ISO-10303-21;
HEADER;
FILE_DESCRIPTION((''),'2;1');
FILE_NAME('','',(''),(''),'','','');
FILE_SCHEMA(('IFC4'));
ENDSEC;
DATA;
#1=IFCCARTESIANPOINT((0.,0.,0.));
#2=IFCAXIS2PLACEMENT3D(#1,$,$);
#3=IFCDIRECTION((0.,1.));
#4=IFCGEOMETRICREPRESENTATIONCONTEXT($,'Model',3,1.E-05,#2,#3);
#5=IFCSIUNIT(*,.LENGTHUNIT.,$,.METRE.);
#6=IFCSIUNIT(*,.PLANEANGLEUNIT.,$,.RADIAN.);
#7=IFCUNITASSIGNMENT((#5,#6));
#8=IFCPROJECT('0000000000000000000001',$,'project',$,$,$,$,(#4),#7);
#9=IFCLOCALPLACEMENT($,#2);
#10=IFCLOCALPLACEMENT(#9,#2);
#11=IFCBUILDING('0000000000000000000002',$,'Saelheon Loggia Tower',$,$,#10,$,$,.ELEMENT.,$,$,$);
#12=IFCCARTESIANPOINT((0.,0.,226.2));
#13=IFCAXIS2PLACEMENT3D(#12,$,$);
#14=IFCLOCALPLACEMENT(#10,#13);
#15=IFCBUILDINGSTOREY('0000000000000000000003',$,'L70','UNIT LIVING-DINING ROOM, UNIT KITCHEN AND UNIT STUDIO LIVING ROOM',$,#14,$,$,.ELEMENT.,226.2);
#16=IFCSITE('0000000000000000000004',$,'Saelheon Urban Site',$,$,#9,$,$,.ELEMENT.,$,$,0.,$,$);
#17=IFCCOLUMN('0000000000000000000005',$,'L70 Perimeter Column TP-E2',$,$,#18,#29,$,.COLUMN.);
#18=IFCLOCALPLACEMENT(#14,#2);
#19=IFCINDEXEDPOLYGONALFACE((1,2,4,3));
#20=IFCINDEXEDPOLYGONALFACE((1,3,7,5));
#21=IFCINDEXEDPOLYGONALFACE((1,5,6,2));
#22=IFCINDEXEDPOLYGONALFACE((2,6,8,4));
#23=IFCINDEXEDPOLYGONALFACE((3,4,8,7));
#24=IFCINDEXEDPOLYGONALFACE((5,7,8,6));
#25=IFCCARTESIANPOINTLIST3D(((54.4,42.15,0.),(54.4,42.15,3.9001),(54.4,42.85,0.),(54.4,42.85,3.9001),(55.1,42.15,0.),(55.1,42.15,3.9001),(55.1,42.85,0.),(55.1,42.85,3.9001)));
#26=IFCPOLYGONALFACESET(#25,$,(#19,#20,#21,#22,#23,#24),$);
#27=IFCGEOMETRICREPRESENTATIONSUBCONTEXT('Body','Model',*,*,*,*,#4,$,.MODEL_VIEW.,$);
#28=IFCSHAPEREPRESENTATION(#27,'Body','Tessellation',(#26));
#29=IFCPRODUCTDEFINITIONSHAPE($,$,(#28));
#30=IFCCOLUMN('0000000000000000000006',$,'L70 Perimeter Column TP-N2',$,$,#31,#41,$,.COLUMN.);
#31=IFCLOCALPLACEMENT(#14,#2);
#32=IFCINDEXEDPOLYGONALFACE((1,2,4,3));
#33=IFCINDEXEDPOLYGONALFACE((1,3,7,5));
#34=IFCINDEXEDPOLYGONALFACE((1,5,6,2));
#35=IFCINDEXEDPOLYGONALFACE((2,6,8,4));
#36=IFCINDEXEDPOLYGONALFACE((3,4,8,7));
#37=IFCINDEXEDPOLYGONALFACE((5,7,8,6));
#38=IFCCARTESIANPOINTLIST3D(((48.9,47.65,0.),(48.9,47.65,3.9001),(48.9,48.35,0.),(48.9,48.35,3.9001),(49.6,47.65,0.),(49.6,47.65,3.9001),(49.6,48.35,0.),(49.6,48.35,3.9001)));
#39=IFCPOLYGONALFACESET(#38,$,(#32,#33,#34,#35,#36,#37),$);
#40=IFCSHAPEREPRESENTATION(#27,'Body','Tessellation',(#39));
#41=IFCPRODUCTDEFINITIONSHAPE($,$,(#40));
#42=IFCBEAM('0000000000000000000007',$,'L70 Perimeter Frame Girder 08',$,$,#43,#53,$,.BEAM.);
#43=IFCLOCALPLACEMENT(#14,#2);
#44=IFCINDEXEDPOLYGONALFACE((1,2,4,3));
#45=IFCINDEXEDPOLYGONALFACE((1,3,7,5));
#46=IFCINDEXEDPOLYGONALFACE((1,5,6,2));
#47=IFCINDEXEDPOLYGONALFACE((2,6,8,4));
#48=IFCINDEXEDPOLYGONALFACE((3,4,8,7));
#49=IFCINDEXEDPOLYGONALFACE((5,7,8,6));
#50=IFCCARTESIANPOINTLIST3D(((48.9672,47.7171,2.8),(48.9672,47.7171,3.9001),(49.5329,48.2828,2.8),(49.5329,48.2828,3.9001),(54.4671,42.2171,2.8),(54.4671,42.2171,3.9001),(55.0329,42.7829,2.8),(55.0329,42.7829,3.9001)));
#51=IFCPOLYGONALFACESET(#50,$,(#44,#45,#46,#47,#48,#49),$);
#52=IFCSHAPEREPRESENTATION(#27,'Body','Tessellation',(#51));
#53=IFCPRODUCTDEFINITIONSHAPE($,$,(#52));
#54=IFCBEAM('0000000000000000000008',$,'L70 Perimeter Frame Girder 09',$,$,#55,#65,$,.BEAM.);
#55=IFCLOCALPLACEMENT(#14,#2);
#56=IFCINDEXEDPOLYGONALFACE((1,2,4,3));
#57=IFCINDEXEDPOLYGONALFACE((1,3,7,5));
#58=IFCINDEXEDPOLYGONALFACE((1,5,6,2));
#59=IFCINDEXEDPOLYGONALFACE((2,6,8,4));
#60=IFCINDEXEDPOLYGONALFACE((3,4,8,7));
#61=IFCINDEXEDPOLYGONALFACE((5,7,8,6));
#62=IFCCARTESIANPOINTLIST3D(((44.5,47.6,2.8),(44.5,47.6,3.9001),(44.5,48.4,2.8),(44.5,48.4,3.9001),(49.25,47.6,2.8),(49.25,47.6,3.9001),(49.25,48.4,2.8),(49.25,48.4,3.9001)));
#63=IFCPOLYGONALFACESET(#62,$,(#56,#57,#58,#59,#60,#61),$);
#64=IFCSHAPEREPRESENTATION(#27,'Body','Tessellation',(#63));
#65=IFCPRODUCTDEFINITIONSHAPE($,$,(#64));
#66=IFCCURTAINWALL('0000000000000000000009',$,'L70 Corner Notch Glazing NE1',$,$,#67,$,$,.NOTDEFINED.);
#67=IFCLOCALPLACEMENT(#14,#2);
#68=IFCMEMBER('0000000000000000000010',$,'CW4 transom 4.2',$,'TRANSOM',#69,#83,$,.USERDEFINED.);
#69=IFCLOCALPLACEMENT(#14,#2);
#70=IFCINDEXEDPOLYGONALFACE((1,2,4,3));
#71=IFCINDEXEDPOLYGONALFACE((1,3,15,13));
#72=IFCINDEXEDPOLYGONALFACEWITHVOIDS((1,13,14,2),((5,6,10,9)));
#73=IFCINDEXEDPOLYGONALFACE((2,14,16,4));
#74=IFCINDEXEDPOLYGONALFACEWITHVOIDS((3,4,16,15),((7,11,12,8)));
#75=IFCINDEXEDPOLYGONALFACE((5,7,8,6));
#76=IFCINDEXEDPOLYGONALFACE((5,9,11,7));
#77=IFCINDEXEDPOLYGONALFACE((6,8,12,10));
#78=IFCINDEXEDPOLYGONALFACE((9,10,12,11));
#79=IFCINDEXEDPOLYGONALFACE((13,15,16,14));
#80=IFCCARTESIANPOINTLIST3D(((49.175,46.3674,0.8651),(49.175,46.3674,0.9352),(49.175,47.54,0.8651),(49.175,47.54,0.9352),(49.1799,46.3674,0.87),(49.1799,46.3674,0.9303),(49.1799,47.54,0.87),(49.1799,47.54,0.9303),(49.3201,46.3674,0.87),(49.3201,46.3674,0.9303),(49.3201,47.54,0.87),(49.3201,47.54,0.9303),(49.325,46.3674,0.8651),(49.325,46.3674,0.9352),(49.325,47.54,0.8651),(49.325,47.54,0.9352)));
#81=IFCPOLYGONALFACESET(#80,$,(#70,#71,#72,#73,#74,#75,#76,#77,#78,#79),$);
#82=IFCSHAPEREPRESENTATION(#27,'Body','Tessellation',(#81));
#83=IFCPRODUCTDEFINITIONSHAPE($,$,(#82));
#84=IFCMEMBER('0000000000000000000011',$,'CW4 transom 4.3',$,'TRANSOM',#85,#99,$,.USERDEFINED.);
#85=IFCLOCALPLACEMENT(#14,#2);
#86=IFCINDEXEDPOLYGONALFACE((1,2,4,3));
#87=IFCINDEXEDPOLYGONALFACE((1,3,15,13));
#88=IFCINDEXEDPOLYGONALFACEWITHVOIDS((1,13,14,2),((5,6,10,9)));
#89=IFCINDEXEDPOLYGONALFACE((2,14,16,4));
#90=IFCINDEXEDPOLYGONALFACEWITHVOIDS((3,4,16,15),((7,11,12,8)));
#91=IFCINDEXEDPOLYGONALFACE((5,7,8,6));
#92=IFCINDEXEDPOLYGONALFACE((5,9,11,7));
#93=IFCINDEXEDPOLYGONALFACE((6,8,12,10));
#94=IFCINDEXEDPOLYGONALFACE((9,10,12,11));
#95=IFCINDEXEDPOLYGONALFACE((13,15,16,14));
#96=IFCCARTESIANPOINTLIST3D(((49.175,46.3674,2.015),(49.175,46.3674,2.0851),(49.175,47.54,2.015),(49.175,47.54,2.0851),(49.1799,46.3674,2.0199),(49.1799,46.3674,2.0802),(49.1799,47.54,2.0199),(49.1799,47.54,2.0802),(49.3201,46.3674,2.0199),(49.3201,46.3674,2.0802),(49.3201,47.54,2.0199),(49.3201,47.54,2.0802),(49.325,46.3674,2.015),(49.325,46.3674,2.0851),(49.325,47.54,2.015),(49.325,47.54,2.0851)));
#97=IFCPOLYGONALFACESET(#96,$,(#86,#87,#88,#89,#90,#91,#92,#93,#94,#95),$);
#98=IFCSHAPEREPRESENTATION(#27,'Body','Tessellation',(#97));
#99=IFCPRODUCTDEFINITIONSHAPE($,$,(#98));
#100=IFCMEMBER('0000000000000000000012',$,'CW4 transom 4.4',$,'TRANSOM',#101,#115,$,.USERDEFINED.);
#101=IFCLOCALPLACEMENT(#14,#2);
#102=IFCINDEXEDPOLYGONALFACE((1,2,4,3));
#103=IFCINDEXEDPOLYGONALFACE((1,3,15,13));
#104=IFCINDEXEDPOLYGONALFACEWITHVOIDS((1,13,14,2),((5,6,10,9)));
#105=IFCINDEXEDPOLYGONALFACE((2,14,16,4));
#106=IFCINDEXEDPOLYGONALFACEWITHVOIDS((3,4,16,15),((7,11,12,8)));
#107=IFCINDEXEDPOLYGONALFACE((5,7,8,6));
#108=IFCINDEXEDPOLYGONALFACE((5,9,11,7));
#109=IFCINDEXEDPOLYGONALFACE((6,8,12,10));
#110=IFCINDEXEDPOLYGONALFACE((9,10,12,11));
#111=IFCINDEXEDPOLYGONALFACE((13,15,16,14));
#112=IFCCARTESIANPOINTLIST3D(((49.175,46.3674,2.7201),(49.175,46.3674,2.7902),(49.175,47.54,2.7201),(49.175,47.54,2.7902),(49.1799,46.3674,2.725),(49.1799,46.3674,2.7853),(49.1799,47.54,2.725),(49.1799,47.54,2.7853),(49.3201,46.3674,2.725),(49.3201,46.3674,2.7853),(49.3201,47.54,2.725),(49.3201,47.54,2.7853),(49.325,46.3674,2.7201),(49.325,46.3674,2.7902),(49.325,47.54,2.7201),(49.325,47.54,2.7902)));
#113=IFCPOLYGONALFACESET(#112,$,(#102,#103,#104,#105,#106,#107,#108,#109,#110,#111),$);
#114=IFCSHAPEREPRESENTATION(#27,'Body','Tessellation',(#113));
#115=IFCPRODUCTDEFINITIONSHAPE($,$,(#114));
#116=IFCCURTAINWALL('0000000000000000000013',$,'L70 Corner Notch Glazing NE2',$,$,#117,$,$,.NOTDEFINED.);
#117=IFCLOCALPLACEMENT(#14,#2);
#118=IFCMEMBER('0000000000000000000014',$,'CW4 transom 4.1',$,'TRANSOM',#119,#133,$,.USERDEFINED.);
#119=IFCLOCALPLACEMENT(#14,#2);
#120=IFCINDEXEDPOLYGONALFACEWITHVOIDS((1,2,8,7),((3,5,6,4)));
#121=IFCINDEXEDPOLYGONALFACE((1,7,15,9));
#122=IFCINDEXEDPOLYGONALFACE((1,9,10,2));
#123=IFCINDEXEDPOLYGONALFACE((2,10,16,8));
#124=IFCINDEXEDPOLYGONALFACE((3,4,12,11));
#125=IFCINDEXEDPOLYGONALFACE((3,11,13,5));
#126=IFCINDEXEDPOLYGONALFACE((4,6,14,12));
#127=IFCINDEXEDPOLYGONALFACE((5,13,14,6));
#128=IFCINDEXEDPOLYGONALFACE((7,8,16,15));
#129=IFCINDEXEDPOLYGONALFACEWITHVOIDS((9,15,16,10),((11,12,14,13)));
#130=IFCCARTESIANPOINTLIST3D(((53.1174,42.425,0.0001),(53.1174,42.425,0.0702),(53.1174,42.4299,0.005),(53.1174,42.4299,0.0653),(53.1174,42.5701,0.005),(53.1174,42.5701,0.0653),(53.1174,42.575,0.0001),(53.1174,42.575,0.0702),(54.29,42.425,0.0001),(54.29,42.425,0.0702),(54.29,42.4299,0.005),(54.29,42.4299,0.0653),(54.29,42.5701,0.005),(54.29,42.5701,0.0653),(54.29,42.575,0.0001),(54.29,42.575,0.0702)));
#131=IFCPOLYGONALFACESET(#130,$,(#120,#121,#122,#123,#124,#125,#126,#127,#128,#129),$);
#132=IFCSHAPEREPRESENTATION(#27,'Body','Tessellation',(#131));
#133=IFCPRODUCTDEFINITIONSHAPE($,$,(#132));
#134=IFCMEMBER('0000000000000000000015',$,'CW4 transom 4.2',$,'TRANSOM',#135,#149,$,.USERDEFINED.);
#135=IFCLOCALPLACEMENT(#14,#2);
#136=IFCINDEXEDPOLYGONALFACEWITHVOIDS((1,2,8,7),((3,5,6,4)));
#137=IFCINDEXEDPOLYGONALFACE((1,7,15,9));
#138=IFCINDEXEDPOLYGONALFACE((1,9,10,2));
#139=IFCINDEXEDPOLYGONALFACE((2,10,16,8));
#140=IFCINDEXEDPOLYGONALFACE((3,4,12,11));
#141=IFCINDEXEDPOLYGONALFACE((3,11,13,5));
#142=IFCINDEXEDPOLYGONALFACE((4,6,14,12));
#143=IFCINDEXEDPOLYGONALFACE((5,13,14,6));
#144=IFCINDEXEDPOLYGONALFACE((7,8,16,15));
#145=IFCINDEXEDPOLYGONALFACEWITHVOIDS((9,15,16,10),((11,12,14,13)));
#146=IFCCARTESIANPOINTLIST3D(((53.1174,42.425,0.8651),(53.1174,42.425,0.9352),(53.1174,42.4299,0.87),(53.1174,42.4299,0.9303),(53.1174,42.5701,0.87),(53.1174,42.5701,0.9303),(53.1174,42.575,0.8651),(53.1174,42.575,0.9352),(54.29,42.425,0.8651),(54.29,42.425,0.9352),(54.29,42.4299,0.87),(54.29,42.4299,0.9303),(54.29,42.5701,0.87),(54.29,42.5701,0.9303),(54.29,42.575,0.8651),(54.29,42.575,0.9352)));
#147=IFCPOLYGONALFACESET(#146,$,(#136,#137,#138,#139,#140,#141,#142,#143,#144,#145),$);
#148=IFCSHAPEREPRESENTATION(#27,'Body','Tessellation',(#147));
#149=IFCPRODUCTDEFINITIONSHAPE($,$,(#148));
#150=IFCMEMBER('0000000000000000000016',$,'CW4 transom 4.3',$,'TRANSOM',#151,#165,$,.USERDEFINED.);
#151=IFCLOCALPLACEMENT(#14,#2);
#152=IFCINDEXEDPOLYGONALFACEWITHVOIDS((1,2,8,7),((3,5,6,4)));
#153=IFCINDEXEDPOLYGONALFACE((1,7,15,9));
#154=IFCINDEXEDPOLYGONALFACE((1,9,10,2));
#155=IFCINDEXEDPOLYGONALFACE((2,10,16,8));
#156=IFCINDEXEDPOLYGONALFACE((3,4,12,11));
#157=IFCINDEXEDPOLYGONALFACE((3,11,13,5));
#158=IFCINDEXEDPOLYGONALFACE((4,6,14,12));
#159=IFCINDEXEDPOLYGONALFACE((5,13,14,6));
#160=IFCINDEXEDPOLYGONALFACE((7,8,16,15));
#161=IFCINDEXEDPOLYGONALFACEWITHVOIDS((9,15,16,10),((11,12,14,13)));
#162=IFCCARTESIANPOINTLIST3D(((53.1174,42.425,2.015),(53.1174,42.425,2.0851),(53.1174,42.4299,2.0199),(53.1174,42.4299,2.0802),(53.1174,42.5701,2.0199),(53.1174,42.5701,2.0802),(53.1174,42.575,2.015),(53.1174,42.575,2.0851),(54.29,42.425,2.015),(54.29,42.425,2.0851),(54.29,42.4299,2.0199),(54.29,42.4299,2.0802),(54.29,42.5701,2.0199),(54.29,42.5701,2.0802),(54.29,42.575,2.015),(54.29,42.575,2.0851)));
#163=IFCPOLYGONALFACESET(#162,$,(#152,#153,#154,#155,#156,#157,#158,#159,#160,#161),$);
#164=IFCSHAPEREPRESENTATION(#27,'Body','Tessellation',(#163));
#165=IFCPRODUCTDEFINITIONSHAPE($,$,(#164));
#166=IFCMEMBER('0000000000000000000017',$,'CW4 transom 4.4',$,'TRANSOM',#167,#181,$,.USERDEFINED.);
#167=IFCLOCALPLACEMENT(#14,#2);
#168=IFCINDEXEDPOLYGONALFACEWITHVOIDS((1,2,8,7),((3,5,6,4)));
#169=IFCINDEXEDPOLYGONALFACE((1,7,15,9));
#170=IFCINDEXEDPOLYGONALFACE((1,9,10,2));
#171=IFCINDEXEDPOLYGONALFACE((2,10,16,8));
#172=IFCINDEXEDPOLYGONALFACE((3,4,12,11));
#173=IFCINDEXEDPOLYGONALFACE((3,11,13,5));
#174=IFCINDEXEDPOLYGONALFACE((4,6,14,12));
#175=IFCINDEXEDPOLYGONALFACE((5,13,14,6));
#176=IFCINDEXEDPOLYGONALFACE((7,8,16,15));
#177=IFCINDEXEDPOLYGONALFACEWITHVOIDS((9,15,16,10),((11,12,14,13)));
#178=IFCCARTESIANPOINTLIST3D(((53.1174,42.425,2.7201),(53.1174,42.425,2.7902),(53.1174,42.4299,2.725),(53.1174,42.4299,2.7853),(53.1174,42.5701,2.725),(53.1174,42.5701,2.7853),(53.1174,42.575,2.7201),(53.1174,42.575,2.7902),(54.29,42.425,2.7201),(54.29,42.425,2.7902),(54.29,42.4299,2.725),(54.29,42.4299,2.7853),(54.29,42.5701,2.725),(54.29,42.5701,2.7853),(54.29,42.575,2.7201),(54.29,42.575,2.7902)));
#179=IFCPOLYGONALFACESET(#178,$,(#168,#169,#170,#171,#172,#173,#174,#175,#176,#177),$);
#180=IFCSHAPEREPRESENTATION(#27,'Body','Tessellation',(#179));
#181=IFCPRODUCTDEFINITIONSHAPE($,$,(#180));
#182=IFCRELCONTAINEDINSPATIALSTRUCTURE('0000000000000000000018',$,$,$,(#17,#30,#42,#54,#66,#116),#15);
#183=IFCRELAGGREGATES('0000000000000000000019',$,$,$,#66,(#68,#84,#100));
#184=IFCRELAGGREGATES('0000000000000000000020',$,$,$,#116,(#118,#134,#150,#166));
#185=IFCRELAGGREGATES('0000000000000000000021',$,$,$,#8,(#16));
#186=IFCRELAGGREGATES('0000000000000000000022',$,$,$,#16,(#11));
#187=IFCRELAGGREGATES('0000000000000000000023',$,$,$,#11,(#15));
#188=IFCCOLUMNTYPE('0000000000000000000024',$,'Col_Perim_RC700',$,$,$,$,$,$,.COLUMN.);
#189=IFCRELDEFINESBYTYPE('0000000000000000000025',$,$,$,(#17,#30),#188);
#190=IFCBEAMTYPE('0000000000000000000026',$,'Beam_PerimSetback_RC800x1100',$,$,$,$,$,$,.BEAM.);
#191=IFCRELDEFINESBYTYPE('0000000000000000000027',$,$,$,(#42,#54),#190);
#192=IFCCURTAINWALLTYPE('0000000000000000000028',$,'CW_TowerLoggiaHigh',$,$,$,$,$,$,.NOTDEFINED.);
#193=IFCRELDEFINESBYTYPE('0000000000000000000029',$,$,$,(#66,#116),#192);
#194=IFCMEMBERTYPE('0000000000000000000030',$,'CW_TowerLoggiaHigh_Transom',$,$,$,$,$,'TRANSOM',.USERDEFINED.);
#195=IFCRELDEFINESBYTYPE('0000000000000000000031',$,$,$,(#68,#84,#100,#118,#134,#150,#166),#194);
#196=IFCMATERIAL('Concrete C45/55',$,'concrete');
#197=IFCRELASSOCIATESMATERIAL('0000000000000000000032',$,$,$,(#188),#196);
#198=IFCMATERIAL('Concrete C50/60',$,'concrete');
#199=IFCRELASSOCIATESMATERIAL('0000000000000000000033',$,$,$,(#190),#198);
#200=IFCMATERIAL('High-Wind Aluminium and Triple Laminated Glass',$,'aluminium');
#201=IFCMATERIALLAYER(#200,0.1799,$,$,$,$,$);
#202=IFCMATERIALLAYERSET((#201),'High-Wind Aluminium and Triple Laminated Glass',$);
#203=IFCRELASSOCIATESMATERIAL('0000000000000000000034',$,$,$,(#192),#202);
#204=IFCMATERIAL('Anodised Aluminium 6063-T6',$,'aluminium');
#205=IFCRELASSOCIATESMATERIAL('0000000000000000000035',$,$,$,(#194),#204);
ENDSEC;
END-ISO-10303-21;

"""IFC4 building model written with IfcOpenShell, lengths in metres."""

from ifc_helpers import new_model, si_unit, direction, frame, origin, origin_2d, place, context, subcontext, project, spatial, rectangle, hollow_rectangle, extrude, source, transform, mapped, material, layer, layer_set, material_profile, profile_set, type_object, element, aggregate, save


model = new_model("IFC4")

# Units and contexts
model_context = context("Model", 3, precision=1e-05, world=origin(), true_north=direction((0.0, 1.0)))
body_context = subcontext(model_context, "Body", "Model", "MODEL_VIEW")
ifc_project = project(units=[si_unit("LENGTHUNIT", "METRE"), si_unit("PLANEANGLEUNIT", "RADIAN")], contexts=[model_context])

# Site, building, storey
site_placement = place(None, origin())
site = spatial("IfcSite", under=ifc_project, at=site_placement, Name="Saelheon Urban Site", CompositionType="ELEMENT", RefElevation=0.0)
building_placement = place(site_placement, origin())
building = spatial("IfcBuilding", under=site, at=building_placement, Name="Saelheon Loggia Tower", CompositionType="ELEMENT")
storey_placement = place(building_placement, frame((0.0, 0.0, 226.2)))
storey = spatial("IfcBuildingStorey", under=building, at=storey_placement, Name="L70", Description="UNIT LIVING-DINING ROOM, UNIT KITCHEN AND UNIT STUDIO LIVING ROOM", CompositionType="ELEMENT", Elevation=226.2)

# Columns
ifc_material_1 = material(Name="Concrete C45/55", Category="concrete")
ifc_material_profile_1 = material_profile(ifc_material_1, rectangle(XDim=0.7, YDim=0.7, at=origin_2d()), Name="RC-700x700")
ifc_profile_set_1 = profile_set([ifc_material_profile_1], Name="Concrete C45/55")
column_type = type_object("IfcColumnType", Name="Col_Perim_RC700", PredefinedType="COLUMN", material=ifc_profile_set_1)
shared_shape_1 = source(origin(), body_context, "Body", "SweptSolid", [
    extrude(rectangle(XDim=0.7, YDim=0.7, at=origin_2d()), origin(), (0.0, 0.0, 1.0), 3.9001),
])
for number, where, z_axis, x_axis, name in (
    (1, (54.75, 42.5, 0.0), (0.0, 0.0, 1.0), (1.0, 0.0, 0.0), "L70 Perimeter Column TP-E2"),
    (2, (49.25, 48.0, 0.0), (0.0, 0.0, 1.0), (1.0, 0.0, 0.0), "L70 Perimeter Column TP-N2"),
):
    element("IfcColumn", number, at=place(storey_placement, frame(where, z_axis=z_axis, x_axis=x_axis)), inside=storey, type_object=column_type, Name=name, PredefinedType="COLUMN", context=body_context, shape_type="MappedRepresentation", body=[
        mapped(shared_shape_1, transform((0.0, 0.0, 0.0), scale=1.0)),
    ])

# Beams
ifc_material_2 = material(Name="Concrete C50/60", Category="concrete")
ifc_material_profile_2 = material_profile(ifc_material_2, rectangle(XDim=0.8, YDim=1.1001, at=origin_2d()), Name="RC-800x1100")
ifc_profile_set_2 = profile_set([ifc_material_profile_2], Name="Concrete C50/60")
beam_type = type_object("IfcBeamType", Name="Beam_PerimSetback_RC800x1100", PredefinedType="BEAM", material=ifc_profile_set_2)
shared_shape_2 = source(origin(), body_context, "Body", "SweptSolid", [
    extrude(rectangle(XDim=0.8, YDim=1.1001, at=origin_2d()), origin(), (0.0, 0.0, 1.0), 7.7781),
])
beam_1_placement = place(storey_placement, frame((54.75, 42.5, 3.3501), z_axis=(-0.707107, 0.707107, 0.0), x_axis=(-0.707107, -0.707107, 0.0)))
element("IfcBeam", 3, at=beam_1_placement, inside=storey, type_object=beam_type, Name="L70 Perimeter Frame Girder 08", PredefinedType="BEAM", context=body_context, shape_type="MappedRepresentation", body=[
    mapped(shared_shape_2, transform((0.0, 0.0, 0.0), scale=1.0)),
])
shared_shape_3 = source(origin(), body_context, "Body", "SweptSolid", [
    extrude(rectangle(XDim=0.8, YDim=1.1001, at=origin_2d()), origin(), (0.0, 0.0, 1.0), 4.75),
])
beam_2_placement = place(storey_placement, frame((49.25, 48.0, 3.3501), z_axis=(-1.0, 0.0, 0.0), x_axis=(0.0, -1.0, 0.0)))
element("IfcBeam", 4, at=beam_2_placement, inside=storey, type_object=beam_type, Name="L70 Perimeter Frame Girder 09", PredefinedType="BEAM", context=body_context, shape_type="MappedRepresentation", body=[
    mapped(shared_shape_3, transform((0.0, 0.0, 0.0), scale=1.0)),
])

# Curtain walls, members
ifc_material_3 = material(Name="High-Wind Aluminium and Triple Laminated Glass", Category="aluminium")
ifc_layer_1 = layer(ifc_material_3, 0.1799)
ifc_layer_set_1 = layer_set([ifc_layer_1], Name="High-Wind Aluminium and Triple Laminated Glass")
curtain_wall_type = type_object("IfcCurtainWallType", Name="CW_TowerLoggiaHigh", PredefinedType="NOTDEFINED", material=ifc_layer_set_1)
curtain_wall_1_placement = place(storey_placement, origin())
curtain_wall_1 = element("IfcCurtainWall", 5, at=curtain_wall_1_placement, inside=storey, type_object=curtain_wall_type, Name="L70 Corner Notch Glazing NE1", PredefinedType="NOTDEFINED")
ifc_material_4 = material(Name="Anodised Aluminium 6063-T6", Category="aluminium")
ifc_material_profile_3 = material_profile(ifc_material_4, hollow_rectangle(XDim=0.0701, YDim=0.1499, WallThickness=0.0049, at=origin_2d()), Name="RHS-150x70x5")
ifc_profile_set_3 = profile_set([ifc_material_profile_3], Name="Anodised Aluminium 6063-T6")
member_type_1 = type_object("IfcMemberType", Name="CW_TowerLoggiaHigh_Transom", ElementType="TRANSOM", PredefinedType="USERDEFINED", material=ifc_profile_set_3)
shared_shape_4 = source(origin(), body_context, "Body", "SweptSolid", [
    extrude(hollow_rectangle(XDim=0.0701, YDim=0.1499, WallThickness=0.0049, at=origin_2d()), origin(), (0.0, 0.0, 1.0), 1.1726),
])
member_1_placement = place(storey_placement, frame((49.25, 46.3674, 0.9001), z_axis=(0.0, 1.0, 0.0), x_axis=(0.0, 0.0, 1.0)))
member_1 = element("IfcMember", 6, at=member_1_placement, type_object=member_type_1, Name="CW4 transom 4.2", ObjectType="TRANSOM", PredefinedType="USERDEFINED", context=body_context, shape_type="MappedRepresentation", body=[
    mapped(shared_shape_4, transform((0.0, 0.0, 0.0), scale=1.0)),
])
member_2_placement = place(storey_placement, frame((49.25, 46.3674, 2.05), z_axis=(0.0, 1.0, 0.0), x_axis=(0.0, 0.0, 1.0)))
member_2 = element("IfcMember", 7, at=member_2_placement, type_object=member_type_1, Name="CW4 transom 4.3", ObjectType="TRANSOM", PredefinedType="USERDEFINED", context=body_context, shape_type="MappedRepresentation", body=[
    mapped(shared_shape_4, transform((0.0, 0.0, 0.0), scale=1.0)),
])
member_3_placement = place(storey_placement, frame((49.25, 46.3674, 2.7551), z_axis=(0.0, 1.0, 0.0), x_axis=(0.0, 0.0, 1.0)))
member_3 = element("IfcMember", 8, at=member_3_placement, type_object=member_type_1, Name="CW4 transom 4.4", ObjectType="TRANSOM", PredefinedType="USERDEFINED", context=body_context, shape_type="MappedRepresentation", body=[
    mapped(shared_shape_4, transform((0.0, 0.0, 0.0), scale=1.0)),
])
curtain_wall_2_placement = place(storey_placement, origin())
curtain_wall_2 = element("IfcCurtainWall", 9, at=curtain_wall_2_placement, inside=storey, type_object=curtain_wall_type, Name="L70 Corner Notch Glazing NE2", PredefinedType="NOTDEFINED")
member_4_placement = place(storey_placement, frame((53.1174, 42.5, 0.0352), z_axis=(1.0, 0.0, 0.0), x_axis=(0.0, 0.0, 1.0)))
member_4 = element("IfcMember", 10, at=member_4_placement, type_object=member_type_1, Name="CW4 transom 4.1", ObjectType="TRANSOM", PredefinedType="USERDEFINED", context=body_context, shape_type="MappedRepresentation", body=[
    mapped(shared_shape_4, transform((0.0, 0.0, 0.0), scale=1.0)),
])
member_5_placement = place(storey_placement, frame((53.1174, 42.5, 0.9001), z_axis=(1.0, 0.0, 0.0), x_axis=(0.0, 0.0, 1.0)))
member_5 = element("IfcMember", 11, at=member_5_placement, type_object=member_type_1, Name="CW4 transom 4.2", ObjectType="TRANSOM", PredefinedType="USERDEFINED", context=body_context, shape_type="MappedRepresentation", body=[
    mapped(shared_shape_4, transform((0.0, 0.0, 0.0), scale=1.0)),
])
member_6_placement = place(storey_placement, frame((53.1174, 42.5, 2.05), z_axis=(1.0, 0.0, 0.0), x_axis=(0.0, 0.0, 1.0)))
member_6 = element("IfcMember", 12, at=member_6_placement, type_object=member_type_1, Name="CW4 transom 4.3", ObjectType="TRANSOM", PredefinedType="USERDEFINED", context=body_context, shape_type="MappedRepresentation", body=[
    mapped(shared_shape_4, transform((0.0, 0.0, 0.0), scale=1.0)),
])
member_7_placement = place(storey_placement, frame((53.1174, 42.5, 2.7551), z_axis=(1.0, 0.0, 0.0), x_axis=(0.0, 0.0, 1.0)))
member_7 = element("IfcMember", 13, at=member_7_placement, type_object=member_type_1, Name="CW4 transom 4.4", ObjectType="TRANSOM", PredefinedType="USERDEFINED", context=body_context, shape_type="MappedRepresentation", body=[
    mapped(shared_shape_4, transform((0.0, 0.0, 0.0), scale=1.0)),
])

aggregate(curtain_wall_1, [member_1, member_2, member_3])
aggregate(curtain_wall_2, [member_4, member_5, member_6, member_7])

save(model, "model.ifc")
